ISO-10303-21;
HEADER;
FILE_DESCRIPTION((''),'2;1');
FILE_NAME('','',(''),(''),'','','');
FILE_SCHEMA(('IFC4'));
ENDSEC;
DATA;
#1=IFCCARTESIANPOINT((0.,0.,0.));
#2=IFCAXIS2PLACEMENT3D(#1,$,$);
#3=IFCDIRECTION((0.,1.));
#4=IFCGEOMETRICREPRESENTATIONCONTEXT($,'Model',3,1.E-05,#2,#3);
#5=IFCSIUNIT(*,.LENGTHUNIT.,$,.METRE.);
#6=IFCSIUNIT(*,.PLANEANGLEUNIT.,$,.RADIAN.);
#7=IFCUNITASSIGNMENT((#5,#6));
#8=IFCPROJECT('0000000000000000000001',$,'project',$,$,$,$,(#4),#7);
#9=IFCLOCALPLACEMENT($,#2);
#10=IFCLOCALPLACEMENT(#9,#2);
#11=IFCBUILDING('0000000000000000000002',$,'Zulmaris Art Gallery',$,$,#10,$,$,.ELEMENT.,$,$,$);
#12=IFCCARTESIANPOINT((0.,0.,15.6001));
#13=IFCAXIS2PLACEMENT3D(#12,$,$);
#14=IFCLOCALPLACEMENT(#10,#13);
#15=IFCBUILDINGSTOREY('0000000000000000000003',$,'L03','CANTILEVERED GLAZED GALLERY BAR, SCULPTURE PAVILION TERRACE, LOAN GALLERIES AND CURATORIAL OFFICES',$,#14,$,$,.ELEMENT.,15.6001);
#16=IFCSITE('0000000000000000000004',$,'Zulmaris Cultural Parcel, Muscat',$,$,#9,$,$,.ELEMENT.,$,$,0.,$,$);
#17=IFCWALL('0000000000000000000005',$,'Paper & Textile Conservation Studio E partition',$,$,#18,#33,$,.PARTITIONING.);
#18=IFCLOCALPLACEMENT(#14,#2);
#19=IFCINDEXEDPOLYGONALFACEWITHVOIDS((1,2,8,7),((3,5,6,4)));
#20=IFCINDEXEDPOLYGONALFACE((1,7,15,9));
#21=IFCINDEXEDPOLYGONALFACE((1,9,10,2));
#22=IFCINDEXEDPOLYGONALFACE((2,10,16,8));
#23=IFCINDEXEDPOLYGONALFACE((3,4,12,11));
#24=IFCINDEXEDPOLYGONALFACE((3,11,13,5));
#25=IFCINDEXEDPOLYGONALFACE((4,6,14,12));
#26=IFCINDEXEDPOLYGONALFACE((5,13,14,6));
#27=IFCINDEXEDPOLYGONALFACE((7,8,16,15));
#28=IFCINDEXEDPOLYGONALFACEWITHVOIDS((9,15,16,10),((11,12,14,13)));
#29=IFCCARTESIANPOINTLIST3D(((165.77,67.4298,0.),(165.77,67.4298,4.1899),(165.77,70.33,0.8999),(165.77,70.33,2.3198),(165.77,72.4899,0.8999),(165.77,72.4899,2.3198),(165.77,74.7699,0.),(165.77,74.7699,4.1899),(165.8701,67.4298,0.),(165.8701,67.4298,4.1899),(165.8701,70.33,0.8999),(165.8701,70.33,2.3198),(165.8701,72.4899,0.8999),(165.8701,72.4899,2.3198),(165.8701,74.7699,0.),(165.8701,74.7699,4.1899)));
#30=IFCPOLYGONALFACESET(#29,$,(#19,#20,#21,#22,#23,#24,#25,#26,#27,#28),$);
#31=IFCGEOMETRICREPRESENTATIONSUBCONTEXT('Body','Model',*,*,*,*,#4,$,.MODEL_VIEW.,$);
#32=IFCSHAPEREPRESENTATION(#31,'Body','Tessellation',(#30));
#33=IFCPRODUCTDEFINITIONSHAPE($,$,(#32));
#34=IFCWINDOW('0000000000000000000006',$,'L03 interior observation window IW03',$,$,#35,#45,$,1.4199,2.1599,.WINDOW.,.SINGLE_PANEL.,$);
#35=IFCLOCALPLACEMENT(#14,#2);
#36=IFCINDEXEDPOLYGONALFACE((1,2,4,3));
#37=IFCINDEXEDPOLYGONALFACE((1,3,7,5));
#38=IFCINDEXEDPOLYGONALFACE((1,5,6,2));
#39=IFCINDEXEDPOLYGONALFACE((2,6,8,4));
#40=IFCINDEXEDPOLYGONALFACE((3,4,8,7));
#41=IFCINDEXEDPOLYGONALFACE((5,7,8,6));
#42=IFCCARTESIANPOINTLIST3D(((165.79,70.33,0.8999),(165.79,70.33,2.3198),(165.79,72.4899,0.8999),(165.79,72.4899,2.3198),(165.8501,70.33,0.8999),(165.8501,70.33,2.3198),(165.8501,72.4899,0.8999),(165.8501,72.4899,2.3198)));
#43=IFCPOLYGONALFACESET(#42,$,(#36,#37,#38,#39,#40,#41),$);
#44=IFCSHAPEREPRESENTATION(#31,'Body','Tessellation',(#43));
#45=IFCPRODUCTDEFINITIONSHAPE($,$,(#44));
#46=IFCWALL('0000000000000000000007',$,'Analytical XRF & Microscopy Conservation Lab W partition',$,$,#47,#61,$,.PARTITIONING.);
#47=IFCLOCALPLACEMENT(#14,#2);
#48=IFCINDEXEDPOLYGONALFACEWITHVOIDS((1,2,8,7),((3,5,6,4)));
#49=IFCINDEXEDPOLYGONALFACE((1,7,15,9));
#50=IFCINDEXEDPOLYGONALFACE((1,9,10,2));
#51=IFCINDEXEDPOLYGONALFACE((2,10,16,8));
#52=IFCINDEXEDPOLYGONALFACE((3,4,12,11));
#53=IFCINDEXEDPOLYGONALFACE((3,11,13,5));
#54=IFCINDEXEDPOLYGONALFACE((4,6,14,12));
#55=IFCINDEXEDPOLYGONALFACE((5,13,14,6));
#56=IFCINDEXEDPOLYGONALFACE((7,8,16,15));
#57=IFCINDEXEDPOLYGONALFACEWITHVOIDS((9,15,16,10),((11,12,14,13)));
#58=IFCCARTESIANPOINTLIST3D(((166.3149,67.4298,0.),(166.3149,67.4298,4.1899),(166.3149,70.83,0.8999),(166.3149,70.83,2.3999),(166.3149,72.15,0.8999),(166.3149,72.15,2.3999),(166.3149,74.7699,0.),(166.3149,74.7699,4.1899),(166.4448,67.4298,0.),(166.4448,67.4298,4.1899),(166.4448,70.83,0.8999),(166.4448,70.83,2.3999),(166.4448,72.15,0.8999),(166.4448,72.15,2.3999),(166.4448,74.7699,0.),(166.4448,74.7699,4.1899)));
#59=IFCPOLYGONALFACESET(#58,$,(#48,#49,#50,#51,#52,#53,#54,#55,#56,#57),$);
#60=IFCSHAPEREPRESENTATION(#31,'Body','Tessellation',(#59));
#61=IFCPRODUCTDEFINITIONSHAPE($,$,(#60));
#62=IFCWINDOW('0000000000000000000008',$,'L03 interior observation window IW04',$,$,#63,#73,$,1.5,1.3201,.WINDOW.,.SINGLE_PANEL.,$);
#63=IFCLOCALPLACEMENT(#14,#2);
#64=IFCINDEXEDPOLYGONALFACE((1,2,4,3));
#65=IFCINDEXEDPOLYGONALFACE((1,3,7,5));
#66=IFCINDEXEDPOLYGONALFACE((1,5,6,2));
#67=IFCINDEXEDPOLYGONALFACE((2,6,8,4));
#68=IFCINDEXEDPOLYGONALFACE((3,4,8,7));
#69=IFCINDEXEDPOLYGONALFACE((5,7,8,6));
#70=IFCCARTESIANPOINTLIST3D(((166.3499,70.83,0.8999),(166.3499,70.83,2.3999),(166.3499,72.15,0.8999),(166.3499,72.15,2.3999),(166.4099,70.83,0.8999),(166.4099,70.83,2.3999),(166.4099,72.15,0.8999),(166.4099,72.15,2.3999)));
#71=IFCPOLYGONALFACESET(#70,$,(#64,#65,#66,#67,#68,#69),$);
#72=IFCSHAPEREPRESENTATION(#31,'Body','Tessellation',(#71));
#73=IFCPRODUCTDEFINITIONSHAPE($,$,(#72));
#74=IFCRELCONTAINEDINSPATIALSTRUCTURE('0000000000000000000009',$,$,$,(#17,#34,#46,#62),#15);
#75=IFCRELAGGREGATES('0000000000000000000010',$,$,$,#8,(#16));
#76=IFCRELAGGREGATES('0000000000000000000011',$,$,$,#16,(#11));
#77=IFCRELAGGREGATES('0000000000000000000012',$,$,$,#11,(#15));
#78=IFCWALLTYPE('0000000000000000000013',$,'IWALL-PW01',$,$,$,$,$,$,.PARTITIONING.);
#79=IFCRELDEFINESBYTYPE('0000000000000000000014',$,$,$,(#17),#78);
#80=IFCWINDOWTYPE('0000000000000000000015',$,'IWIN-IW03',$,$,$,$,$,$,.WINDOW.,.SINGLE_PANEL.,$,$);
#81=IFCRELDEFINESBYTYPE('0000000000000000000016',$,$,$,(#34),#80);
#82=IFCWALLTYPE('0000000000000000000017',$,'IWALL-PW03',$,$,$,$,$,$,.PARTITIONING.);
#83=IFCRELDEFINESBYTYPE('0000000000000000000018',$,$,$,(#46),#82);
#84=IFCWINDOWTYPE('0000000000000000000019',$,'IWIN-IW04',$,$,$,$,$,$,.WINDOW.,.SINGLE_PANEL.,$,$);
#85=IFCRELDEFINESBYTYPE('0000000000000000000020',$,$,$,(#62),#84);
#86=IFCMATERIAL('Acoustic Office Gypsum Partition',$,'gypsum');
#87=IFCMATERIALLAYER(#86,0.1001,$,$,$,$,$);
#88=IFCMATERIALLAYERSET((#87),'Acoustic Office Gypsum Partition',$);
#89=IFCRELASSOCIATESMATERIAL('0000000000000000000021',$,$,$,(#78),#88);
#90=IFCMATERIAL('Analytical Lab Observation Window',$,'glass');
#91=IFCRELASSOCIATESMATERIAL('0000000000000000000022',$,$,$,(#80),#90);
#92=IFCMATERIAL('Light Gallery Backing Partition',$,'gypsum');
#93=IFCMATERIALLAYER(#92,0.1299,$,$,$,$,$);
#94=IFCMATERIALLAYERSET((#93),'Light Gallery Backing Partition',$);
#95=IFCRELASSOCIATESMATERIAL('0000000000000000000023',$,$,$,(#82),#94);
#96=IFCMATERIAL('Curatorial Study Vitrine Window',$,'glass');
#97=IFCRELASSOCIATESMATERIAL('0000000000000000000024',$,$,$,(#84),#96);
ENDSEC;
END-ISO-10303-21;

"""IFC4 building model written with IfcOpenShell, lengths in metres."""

from ifc_helpers import new_model, si_unit, direction, frame, frame_2d, origin, place, context, subcontext, project, spatial, rectangle, extrude, material, layer, layer_set, type_object, element, fill, save


model = new_model("IFC4")

# Units and contexts
model_context = context("Model", 3, precision=1e-05, world=origin(), true_north=direction((0.0, 1.0)))
body_context = subcontext(model_context, "Body", "Model", "MODEL_VIEW")
ifc_project = project(units=[si_unit("LENGTHUNIT", "METRE"), si_unit("PLANEANGLEUNIT", "RADIAN")], contexts=[model_context])

# Site, building, storey
site_placement = place(None, origin())
site = spatial("IfcSite", under=ifc_project, at=site_placement, Name="Zulmaris Cultural Parcel, Muscat", CompositionType="ELEMENT", RefElevation=0.0)
building_placement = place(site_placement, origin())
building = spatial("IfcBuilding", under=site, at=building_placement, Name="Zulmaris Art Gallery", CompositionType="ELEMENT")
storey_placement = place(building_placement, frame((0.0, 0.0, 15.6001)))
storey = spatial("IfcBuildingStorey", under=building, at=storey_placement, Name="L03", Description="CANTILEVERED GLAZED GALLERY BAR, SCULPTURE PAVILION TERRACE, LOAN GALLERIES AND CURATORIAL OFFICES", CompositionType="ELEMENT", Elevation=15.6001)

# Walls, openings, windows
ifc_material_1 = material(Name="Acoustic Office Gypsum Partition", Category="gypsum")
ifc_layer_1 = layer(ifc_material_1, 0.1001)
ifc_layer_set_1 = layer_set([ifc_layer_1], Name="Acoustic Office Gypsum Partition")
wall_type_1 = type_object("IfcWallType", Name="IWALL-PW01", PredefinedType="PARTITIONING", material=ifc_layer_set_1)
wall_1_placement = place(storey_placement, frame((165.8201, 67.4299, 0.0), z_axis=(0.0, 0.0, 1.0), x_axis=(0.0, 1.0, 0.0)))
wall_1 = element("IfcWall", 1, at=wall_1_placement, inside=storey, type_object=wall_type_1, Name="Paper & Textile Conservation Studio E partition", PredefinedType="PARTITIONING", context=body_context, shape_type="SweptSolid", body=[
    extrude(rectangle(XDim=7.3401, YDim=0.1001, at=frame_2d((3.6699, 0.0))), origin(), (0.0, 0.0, 1.0), 4.1899),
])
opening_1_placement = place(wall_1_placement, frame((2.8999, 0.0, 0.8999)))
opening_1 = element("IfcOpeningElement", 2, at=opening_1_placement, cuts=wall_1, PredefinedType="OPENING", context=body_context, shape_type="SweptSolid", body=[
    extrude(rectangle(XDim=2.1599, YDim=1.4199, at=frame_2d((1.0801, 0.71))), frame((0.0, 0.0601, 0.0), z_axis=(0.0, -1.0, 0.0), x_axis=(1.0, 0.0, 0.0)), (0.0, 0.0, 1.0), 0.1201),
])
ifc_material_2 = material(Name="Analytical Lab Observation Window", Category="glass")
window_type_1 = type_object("IfcWindowType", Name="IWIN-IW03", PartitioningType="SINGLE_PANEL", PredefinedType="WINDOW", material=ifc_material_2)
window_1_placement = place(opening_1_placement, origin())
window_1 = element("IfcWindow", 3, at=window_1_placement, inside=storey, type_object=window_type_1, Name="L03 interior observation window IW03", OverallHeight=1.4199, OverallWidth=2.1599, PartitioningType="SINGLE_PANEL", PredefinedType="WINDOW", context=body_context, shape_type="SweptSolid", body=[
    extrude(rectangle(XDim=2.1599, YDim=1.4199, at=frame_2d((1.0801, 0.71))), frame((0.0, 0.03, 0.0), z_axis=(0.0, -1.0, 0.0), x_axis=(1.0, 0.0, 0.0)), (0.0, 0.0, 1.0), 0.0601),
])
fill(opening_1, window_1)
ifc_material_3 = material(Name="Light Gallery Backing Partition", Category="gypsum")
ifc_layer_2 = layer(ifc_material_3, 0.1299)
ifc_layer_set_2 = layer_set([ifc_layer_2], Name="Light Gallery Backing Partition")
wall_type_2 = type_object("IfcWallType", Name="IWALL-PW03", PredefinedType="PARTITIONING", material=ifc_layer_set_2)
wall_2_placement = place(storey_placement, frame((166.3799, 67.4299, 0.0), z_axis=(0.0, 0.0, 1.0), x_axis=(0.0, 1.0, 0.0)))
wall_2 = element("IfcWall", 4, at=wall_2_placement, inside=storey, type_object=wall_type_2, Name="Analytical XRF & Microscopy Conservation Lab W partition", PredefinedType="PARTITIONING", context=body_context, shape_type="SweptSolid", body=[
    extrude(rectangle(XDim=7.3401, YDim=0.1299, at=frame_2d((3.6699, 0.0))), origin(), (0.0, 0.0, 1.0), 4.1899),
])
opening_2_placement = place(wall_2_placement, frame((3.3999, 0.0, 0.8999)))
opening_2 = element("IfcOpeningElement", 5, at=opening_2_placement, cuts=wall_2, PredefinedType="OPENING", context=body_context, shape_type="SweptSolid", body=[
    extrude(rectangle(XDim=1.3201, YDim=1.5, at=frame_2d((0.6602, 0.75))), frame((0.0, 0.075, 0.0), z_axis=(0.0, -1.0, 0.0), x_axis=(1.0, 0.0, 0.0)), (0.0, 0.0, 1.0), 0.1499),
])
ifc_material_4 = material(Name="Curatorial Study Vitrine Window", Category="glass")
window_type_2 = type_object("IfcWindowType", Name="IWIN-IW04", PartitioningType="SINGLE_PANEL", PredefinedType="WINDOW", material=ifc_material_4)
window_2_placement = place(opening_2_placement, origin())
window_2 = element("IfcWindow", 6, at=window_2_placement, inside=storey, type_object=window_type_2, Name="L03 interior observation window IW04", OverallHeight=1.5, OverallWidth=1.3201, PartitioningType="SINGLE_PANEL", PredefinedType="WINDOW", context=body_context, shape_type="SweptSolid", body=[
    extrude(rectangle(XDim=1.3201, YDim=1.5, at=frame_2d((0.6602, 0.75))), frame((0.0, 0.03, 0.0), z_axis=(0.0, -1.0, 0.0), x_axis=(1.0, 0.0, 0.0)), (0.0, 0.0, 1.0), 0.0601),
])
fill(opening_2, window_2)

save(model, "model.ifc")
